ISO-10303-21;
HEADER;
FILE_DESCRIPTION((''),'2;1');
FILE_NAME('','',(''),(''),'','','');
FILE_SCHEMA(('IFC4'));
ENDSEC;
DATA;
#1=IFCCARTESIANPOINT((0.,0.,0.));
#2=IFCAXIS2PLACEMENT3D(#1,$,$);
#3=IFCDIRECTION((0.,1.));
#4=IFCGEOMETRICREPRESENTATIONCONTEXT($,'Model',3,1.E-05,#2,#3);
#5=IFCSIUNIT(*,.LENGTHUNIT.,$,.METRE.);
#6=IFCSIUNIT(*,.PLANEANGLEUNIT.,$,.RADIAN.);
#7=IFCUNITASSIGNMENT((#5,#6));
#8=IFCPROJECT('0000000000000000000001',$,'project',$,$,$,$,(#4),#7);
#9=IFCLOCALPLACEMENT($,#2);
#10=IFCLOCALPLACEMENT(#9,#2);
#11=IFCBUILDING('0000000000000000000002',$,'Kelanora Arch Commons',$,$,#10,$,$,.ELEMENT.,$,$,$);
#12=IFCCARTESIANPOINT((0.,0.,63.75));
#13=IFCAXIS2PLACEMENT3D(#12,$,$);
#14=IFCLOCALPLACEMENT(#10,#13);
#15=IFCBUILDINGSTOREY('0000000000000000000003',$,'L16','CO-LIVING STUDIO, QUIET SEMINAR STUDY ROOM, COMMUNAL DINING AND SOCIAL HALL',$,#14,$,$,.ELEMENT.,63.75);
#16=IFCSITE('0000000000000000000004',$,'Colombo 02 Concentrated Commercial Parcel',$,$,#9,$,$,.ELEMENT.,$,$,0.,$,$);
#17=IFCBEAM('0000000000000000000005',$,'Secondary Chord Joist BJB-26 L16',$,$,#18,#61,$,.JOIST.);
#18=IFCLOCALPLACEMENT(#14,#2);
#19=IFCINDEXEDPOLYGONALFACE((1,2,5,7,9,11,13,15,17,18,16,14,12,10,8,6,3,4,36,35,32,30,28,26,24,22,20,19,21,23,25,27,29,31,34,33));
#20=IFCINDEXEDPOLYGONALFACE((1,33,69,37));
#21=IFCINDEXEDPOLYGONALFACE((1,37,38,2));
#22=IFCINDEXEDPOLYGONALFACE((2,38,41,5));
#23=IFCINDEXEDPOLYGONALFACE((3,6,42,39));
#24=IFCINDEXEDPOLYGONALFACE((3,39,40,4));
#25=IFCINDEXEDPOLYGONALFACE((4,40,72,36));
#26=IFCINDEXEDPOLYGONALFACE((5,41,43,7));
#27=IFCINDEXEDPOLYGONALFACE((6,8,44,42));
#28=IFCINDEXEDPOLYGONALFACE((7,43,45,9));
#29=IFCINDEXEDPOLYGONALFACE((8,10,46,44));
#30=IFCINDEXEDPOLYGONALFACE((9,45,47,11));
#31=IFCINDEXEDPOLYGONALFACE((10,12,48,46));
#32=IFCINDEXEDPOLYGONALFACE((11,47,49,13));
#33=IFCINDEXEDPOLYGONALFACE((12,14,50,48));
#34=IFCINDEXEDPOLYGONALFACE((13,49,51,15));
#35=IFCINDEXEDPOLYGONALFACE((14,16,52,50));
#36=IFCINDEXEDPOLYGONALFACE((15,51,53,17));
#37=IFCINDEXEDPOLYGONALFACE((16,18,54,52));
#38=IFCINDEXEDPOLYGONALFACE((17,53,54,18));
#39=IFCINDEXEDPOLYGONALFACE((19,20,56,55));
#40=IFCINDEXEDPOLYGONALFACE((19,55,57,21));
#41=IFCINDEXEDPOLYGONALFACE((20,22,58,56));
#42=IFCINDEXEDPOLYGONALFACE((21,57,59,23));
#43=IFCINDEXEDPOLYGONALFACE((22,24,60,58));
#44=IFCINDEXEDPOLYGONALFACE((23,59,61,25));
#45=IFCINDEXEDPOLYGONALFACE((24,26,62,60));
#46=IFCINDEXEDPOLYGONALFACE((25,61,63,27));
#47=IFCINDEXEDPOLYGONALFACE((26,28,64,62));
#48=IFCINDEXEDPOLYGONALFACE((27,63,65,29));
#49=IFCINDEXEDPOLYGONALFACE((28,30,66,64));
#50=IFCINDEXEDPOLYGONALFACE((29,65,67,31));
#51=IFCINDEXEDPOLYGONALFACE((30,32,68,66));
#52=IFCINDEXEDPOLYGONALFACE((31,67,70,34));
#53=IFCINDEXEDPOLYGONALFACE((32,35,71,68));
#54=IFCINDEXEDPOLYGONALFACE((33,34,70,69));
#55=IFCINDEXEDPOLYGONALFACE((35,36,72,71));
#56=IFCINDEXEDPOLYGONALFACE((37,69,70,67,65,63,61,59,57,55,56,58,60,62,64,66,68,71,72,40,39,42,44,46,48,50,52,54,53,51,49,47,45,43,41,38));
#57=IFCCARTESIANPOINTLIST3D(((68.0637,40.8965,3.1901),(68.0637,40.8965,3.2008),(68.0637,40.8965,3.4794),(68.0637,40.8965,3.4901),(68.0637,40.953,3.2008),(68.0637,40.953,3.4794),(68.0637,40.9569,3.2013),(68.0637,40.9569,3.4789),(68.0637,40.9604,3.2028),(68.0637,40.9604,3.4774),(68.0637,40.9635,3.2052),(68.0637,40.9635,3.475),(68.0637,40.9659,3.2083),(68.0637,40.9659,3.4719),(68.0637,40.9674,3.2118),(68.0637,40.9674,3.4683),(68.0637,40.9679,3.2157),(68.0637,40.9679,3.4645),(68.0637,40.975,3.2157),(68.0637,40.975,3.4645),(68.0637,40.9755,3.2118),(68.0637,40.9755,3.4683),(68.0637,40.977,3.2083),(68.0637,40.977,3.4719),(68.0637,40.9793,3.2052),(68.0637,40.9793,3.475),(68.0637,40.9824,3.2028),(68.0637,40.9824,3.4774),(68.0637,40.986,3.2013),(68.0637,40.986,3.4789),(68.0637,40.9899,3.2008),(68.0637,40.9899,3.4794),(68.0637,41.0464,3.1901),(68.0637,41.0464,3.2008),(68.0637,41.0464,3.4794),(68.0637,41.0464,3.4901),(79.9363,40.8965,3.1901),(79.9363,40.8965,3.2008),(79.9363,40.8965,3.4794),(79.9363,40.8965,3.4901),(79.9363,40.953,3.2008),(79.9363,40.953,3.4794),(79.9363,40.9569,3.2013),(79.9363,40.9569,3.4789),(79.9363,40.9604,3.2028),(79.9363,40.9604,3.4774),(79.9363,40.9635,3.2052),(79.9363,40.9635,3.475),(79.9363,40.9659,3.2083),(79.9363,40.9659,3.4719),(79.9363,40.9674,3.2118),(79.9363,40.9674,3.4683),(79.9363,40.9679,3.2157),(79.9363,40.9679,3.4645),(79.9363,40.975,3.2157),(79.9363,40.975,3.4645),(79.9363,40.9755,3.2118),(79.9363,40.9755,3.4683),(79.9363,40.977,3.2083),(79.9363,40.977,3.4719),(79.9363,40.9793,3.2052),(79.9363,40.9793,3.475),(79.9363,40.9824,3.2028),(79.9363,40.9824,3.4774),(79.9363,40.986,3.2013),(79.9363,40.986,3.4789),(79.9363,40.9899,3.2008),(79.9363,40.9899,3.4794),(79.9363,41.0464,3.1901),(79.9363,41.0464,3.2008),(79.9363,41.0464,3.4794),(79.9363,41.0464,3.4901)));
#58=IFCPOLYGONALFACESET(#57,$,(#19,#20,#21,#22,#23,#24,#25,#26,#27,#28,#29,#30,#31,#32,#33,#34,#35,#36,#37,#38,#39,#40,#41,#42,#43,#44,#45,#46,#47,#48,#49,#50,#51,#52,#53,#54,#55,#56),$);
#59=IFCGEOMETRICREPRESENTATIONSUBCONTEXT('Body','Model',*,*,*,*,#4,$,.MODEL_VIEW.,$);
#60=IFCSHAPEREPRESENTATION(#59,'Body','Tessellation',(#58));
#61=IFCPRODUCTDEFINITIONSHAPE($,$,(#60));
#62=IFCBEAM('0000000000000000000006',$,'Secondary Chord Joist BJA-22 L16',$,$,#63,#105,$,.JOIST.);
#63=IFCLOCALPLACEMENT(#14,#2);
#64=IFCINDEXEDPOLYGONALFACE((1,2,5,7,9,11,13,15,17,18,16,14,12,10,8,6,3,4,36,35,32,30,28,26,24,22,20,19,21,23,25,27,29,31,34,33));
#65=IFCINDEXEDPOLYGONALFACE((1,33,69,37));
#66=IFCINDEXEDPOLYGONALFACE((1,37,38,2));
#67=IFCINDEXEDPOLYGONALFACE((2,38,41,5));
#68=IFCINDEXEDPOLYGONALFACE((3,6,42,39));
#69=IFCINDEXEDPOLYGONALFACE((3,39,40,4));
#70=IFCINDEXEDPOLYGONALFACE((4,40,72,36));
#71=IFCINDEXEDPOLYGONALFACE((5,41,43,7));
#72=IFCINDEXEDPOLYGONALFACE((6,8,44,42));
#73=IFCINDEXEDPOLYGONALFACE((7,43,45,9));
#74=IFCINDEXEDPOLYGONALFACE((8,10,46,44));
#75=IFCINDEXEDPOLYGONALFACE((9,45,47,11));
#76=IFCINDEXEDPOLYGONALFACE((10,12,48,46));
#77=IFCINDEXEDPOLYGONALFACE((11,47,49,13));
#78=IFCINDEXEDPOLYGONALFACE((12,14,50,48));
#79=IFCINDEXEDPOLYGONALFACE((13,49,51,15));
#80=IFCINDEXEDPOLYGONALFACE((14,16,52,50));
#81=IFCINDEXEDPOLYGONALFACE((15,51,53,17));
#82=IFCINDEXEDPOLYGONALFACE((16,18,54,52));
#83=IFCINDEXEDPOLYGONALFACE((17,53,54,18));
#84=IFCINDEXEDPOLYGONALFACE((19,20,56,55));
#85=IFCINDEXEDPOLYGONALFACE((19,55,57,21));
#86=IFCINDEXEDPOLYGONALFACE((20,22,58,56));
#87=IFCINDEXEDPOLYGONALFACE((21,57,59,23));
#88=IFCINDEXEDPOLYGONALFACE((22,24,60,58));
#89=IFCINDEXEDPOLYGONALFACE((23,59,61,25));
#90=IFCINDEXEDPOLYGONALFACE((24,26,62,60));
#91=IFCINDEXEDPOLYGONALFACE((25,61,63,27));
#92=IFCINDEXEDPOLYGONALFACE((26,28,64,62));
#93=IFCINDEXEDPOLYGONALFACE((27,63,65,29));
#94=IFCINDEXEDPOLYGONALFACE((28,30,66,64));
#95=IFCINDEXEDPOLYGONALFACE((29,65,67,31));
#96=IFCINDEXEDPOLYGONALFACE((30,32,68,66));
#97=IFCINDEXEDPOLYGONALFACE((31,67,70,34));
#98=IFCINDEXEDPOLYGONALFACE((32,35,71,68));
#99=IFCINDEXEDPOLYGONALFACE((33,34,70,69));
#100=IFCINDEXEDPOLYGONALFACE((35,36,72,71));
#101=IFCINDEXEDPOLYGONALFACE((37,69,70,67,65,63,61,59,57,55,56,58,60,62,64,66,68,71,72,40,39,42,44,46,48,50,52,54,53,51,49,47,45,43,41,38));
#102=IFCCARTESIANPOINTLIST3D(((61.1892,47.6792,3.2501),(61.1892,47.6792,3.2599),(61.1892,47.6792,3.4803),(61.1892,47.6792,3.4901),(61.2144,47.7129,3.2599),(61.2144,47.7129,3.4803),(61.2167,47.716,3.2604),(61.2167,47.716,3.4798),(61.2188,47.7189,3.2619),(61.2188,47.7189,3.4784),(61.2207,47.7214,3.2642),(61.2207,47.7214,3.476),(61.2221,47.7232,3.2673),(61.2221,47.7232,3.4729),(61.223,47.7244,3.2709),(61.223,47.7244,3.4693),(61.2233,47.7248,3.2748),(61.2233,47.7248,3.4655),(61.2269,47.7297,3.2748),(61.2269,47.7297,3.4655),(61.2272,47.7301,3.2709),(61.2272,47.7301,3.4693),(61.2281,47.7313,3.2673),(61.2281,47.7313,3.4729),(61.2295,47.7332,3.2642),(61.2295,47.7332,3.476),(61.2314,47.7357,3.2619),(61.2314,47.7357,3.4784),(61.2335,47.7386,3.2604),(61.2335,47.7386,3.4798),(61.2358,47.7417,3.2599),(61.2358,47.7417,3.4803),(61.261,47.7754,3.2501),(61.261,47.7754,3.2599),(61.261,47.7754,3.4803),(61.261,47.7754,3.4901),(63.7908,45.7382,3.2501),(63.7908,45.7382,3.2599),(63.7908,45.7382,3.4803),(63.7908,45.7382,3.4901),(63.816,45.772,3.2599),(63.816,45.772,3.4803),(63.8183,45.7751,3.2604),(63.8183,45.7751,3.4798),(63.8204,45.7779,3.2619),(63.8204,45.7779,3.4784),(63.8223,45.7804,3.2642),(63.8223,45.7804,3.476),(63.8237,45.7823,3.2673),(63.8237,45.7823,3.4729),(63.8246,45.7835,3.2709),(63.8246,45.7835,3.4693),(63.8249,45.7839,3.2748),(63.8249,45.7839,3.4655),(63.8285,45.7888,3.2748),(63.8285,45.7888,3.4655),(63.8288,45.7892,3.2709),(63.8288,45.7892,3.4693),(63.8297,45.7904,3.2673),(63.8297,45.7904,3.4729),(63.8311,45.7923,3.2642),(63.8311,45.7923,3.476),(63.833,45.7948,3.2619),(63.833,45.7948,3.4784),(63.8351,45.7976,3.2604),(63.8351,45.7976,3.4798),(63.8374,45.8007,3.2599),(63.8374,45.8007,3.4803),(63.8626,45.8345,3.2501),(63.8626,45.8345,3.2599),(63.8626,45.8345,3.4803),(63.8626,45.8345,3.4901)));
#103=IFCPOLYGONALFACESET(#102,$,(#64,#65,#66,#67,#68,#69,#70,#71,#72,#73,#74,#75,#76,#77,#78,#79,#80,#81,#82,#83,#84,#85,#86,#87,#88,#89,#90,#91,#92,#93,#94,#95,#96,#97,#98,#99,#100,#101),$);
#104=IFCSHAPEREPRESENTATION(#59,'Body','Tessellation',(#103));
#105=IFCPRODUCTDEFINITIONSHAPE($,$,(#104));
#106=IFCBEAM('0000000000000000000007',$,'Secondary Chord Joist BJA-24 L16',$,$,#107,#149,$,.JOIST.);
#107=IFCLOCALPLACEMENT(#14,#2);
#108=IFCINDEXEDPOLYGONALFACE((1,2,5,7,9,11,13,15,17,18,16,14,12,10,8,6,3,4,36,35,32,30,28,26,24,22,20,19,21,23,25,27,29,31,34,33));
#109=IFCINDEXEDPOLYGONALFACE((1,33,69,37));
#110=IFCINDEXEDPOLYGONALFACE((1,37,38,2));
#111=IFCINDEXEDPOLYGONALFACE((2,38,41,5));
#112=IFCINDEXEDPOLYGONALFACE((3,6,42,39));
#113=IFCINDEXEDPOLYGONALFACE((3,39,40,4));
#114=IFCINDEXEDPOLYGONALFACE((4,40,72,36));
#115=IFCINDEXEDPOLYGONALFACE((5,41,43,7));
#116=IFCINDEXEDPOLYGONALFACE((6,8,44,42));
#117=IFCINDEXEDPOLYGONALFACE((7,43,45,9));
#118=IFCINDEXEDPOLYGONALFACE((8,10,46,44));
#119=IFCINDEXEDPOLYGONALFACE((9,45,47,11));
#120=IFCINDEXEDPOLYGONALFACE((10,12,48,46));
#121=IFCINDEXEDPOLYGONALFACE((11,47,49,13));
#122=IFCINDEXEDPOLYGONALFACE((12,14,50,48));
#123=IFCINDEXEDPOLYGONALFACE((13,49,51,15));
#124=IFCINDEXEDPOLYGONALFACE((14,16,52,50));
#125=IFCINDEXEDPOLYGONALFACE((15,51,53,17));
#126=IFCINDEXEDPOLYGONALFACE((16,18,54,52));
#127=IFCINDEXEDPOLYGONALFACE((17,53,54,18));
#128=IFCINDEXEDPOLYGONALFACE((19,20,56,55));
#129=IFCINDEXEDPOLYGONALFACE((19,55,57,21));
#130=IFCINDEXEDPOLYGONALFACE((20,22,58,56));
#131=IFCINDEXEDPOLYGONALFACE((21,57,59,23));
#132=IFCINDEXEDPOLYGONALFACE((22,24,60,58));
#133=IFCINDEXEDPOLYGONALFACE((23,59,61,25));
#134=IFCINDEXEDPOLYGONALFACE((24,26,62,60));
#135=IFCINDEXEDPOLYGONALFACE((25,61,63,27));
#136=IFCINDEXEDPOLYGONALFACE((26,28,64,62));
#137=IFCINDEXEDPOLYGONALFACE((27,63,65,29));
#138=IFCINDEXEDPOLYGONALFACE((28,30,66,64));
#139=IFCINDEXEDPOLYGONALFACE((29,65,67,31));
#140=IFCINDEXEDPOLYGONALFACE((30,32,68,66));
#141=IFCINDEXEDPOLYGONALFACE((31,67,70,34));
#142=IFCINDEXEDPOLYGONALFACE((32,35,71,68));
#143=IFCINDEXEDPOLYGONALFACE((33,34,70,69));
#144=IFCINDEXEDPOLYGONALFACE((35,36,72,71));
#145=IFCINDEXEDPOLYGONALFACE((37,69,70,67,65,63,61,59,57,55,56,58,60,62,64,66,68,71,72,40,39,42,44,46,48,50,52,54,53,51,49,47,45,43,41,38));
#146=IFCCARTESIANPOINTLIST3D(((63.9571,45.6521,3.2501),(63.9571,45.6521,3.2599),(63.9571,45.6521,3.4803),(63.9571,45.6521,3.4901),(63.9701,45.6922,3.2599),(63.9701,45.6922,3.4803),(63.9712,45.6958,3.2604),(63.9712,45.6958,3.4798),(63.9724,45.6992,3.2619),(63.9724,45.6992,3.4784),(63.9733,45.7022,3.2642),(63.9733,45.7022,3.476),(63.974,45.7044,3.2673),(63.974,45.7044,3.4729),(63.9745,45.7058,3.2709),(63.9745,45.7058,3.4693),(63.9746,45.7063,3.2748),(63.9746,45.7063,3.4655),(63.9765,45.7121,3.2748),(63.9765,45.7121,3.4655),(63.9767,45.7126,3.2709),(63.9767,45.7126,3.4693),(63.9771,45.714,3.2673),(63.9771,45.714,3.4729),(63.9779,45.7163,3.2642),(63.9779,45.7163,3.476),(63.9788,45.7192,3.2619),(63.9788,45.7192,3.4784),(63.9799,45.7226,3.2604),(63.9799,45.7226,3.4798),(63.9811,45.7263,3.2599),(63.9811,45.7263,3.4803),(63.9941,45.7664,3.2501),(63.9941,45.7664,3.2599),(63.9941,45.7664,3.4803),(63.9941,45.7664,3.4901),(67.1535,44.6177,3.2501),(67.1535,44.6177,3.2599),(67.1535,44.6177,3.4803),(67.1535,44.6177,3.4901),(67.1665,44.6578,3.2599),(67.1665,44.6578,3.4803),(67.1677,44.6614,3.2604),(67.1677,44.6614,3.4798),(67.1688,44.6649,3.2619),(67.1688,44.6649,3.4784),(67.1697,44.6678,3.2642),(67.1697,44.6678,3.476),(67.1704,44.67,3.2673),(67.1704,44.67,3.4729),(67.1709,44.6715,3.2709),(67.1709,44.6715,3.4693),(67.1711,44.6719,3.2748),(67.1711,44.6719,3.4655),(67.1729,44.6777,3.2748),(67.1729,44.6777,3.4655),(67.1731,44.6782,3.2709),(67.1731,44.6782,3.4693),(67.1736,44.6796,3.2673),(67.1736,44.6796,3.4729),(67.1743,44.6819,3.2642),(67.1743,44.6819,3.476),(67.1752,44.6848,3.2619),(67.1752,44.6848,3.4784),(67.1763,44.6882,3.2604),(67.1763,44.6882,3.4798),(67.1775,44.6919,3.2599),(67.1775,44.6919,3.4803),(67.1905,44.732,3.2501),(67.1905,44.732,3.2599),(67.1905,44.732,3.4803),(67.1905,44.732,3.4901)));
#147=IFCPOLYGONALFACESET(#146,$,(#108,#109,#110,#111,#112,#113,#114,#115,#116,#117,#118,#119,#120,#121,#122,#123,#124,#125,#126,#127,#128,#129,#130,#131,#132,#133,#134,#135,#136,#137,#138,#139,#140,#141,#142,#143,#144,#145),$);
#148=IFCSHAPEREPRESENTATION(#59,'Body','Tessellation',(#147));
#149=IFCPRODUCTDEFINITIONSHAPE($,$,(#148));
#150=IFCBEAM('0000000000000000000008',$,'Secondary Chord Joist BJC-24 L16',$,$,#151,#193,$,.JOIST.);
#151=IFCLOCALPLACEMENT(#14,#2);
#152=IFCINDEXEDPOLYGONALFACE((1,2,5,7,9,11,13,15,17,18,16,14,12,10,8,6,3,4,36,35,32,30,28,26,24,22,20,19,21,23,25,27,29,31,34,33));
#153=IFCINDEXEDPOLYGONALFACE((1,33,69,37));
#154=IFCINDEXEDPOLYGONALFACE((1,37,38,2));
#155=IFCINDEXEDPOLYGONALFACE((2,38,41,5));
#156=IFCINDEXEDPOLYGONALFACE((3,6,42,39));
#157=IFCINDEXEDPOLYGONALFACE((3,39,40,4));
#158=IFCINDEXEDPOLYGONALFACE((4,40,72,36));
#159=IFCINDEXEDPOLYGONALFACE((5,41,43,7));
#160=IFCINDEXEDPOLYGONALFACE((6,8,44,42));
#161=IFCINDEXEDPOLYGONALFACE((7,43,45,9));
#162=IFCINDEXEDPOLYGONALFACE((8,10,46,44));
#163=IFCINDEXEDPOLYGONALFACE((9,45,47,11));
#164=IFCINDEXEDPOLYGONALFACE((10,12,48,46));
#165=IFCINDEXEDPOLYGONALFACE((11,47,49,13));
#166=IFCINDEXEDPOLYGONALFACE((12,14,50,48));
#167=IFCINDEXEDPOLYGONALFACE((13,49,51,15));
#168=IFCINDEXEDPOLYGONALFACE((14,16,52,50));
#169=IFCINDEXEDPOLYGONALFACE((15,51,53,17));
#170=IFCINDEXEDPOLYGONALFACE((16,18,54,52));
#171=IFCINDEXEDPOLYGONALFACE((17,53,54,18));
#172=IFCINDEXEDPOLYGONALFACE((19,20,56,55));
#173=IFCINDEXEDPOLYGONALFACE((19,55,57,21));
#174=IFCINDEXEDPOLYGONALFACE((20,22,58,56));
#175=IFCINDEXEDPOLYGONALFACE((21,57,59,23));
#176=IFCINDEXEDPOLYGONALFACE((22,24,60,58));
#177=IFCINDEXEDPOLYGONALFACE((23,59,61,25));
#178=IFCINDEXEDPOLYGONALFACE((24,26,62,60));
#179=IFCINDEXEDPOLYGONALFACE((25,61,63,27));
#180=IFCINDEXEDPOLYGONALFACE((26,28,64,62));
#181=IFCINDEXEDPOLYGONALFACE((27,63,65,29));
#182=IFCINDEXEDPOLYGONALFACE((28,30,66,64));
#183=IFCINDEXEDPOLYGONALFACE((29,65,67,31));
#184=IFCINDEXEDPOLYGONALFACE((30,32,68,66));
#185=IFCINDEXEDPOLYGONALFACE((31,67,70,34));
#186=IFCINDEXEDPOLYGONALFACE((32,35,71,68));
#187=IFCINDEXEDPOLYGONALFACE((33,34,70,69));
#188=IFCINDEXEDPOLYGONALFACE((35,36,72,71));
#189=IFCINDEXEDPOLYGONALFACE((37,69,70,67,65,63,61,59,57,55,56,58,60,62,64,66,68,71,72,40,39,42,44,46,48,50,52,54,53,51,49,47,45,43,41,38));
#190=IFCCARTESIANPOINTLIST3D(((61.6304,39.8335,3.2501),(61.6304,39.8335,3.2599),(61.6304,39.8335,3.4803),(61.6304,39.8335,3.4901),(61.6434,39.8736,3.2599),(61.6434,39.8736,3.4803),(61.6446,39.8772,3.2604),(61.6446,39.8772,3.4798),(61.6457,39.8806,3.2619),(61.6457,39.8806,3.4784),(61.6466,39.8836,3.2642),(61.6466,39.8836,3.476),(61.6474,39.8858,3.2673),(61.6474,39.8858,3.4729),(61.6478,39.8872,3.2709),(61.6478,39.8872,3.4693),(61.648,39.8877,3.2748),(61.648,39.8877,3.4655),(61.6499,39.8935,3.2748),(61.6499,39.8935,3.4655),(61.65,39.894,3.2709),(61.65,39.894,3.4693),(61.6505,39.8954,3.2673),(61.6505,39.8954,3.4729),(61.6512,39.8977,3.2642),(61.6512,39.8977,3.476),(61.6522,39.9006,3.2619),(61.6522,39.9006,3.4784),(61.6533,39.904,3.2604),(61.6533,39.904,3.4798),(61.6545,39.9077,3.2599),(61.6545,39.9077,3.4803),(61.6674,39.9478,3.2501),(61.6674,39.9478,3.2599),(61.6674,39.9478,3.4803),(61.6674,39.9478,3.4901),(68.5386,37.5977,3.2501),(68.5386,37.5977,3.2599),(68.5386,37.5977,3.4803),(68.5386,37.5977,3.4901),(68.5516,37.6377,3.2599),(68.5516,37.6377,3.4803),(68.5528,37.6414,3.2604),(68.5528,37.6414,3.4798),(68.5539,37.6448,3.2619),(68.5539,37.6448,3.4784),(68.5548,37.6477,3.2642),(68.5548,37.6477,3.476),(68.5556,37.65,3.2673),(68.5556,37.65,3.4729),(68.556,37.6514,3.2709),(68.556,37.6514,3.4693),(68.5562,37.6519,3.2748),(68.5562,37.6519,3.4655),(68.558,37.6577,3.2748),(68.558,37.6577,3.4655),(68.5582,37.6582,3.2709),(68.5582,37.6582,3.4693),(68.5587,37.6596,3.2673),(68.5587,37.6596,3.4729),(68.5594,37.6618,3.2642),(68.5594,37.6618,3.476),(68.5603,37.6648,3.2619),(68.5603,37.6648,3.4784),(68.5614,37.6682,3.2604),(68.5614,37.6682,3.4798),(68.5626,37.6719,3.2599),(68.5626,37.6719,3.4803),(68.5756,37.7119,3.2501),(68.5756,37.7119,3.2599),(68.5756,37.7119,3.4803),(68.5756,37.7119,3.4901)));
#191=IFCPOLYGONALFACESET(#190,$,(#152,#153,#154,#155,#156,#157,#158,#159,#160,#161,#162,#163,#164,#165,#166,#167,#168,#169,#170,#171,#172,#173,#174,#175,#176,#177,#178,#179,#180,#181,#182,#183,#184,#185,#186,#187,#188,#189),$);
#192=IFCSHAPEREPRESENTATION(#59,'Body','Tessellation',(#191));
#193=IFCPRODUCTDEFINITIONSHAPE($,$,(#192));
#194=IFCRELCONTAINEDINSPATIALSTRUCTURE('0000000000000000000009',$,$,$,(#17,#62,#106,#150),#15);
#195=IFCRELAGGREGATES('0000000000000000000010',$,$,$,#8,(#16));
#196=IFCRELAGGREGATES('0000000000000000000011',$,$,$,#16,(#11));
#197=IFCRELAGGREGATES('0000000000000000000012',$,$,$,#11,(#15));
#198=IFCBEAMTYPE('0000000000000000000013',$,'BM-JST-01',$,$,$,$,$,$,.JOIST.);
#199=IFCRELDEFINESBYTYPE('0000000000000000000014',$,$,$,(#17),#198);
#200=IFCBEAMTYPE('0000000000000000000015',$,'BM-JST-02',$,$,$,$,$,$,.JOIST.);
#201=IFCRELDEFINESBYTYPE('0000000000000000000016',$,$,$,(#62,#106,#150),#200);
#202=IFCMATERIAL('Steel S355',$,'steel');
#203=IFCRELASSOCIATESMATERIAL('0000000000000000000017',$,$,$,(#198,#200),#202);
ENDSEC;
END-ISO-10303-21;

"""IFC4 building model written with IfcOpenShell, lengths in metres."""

from ifc_helpers import new_model, si_unit, direction, frame, origin, origin_2d, place, context, subcontext, project, spatial, i_section, extrude, material, material_profile, profile_set, type_object, element, save


model = new_model("IFC4")

# Units and contexts
model_context = context("Model", 3, precision=1e-05, world=origin(), true_north=direction((0.0, 1.0)))
body_context = subcontext(model_context, "Body", "Model", "MODEL_VIEW")
ifc_project = project(units=[si_unit("LENGTHUNIT", "METRE"), si_unit("PLANEANGLEUNIT", "RADIAN")], contexts=[model_context])

# Site, building, storey
site_placement = place(None, origin())
site = spatial("IfcSite", under=ifc_project, at=site_placement, Name="Colombo 02 Concentrated Commercial Parcel", CompositionType="ELEMENT", RefElevation=0.0)
building_placement = place(site_placement, origin())
building = spatial("IfcBuilding", under=site, at=building_placement, Name="Kelanora Arch Commons", CompositionType="ELEMENT")
storey_placement = place(building_placement, frame((0.0, 0.0, 63.75)))
storey = spatial("IfcBuildingStorey", under=building, at=storey_placement, Name="L16", Description="CO-LIVING STUDIO, QUIET SEMINAR STUDY ROOM, COMMUNAL DINING AND SOCIAL HALL", CompositionType="ELEMENT", Elevation=63.75)

# Beams
ifc_material_1 = material(Name="Steel S355", Category="steel")
ifc_material_profile_1 = material_profile(ifc_material_1, i_section(OverallWidth=0.1499, OverallDepth=0.3, WebThickness=0.0071, FlangeThickness=0.0107, FilletRadius=0.0149, at=origin_2d()), Name="IPE300")
ifc_profile_set_1 = profile_set([ifc_material_profile_1], Name="Steel S355")
beam_type_1 = type_object("IfcBeamType", Name="BM-JST-01", PredefinedType="JOIST", material=ifc_profile_set_1)
beam_1_placement = place(storey_placement, frame((68.0637, 40.9714, 3.3401), z_axis=(1.0, 0.0, 0.0), x_axis=(0.0, 1.0, 0.0)))
element("IfcBeam", 1, at=beam_1_placement, inside=storey, type_object=beam_type_1, Name="Secondary Chord Joist BJB-26 L16", PredefinedType="JOIST", context=body_context, shape_type="SweptSolid", body=[
    extrude(i_section(OverallWidth=0.1499, OverallDepth=0.3, WebThickness=0.0071, FlangeThickness=0.0107, FilletRadius=0.0149, at=origin_2d()), origin(), (0.0, 0.0, 1.0), 11.8726),
])
ifc_material_profile_2 = material_profile(ifc_material_1, i_section(OverallWidth=0.1201, OverallDepth=0.24, WebThickness=0.0061, FlangeThickness=0.0098, FilletRadius=0.0149, at=origin_2d()), Name="IPE240")
ifc_profile_set_2 = profile_set([ifc_material_profile_2], Name="Steel S355")
beam_type_2 = type_object("IfcBeamType", Name="BM-JST-02", PredefinedType="JOIST", material=ifc_profile_set_2)
beam_2_placement = place(storey_placement, frame((61.2251, 47.7273, 3.3701), z_axis=(0.801514, -0.597976, 0.0), x_axis=(0.597976, 0.801514, 0.0)))
element("IfcBeam", 2, at=beam_2_placement, inside=storey, type_object=beam_type_2, Name="Secondary Chord Joist BJA-22 L16", PredefinedType="JOIST", context=body_context, shape_type="SweptSolid", body=[
    extrude(i_section(OverallWidth=0.1201, OverallDepth=0.24, WebThickness=0.0061, FlangeThickness=0.0098, FilletRadius=0.0149, at=origin_2d()), origin(), (0.0, 0.0, 1.0), 3.2458),
])
beam_3_placement = place(storey_placement, frame((63.9756, 45.7092, 3.3701), z_axis=(0.951423, -0.307888, 0.0), x_axis=(0.307888, 0.951423, 0.0)))
element("IfcBeam", 3, at=beam_3_placement, inside=storey, type_object=beam_type_2, Name="Secondary Chord Joist BJA-24 L16", PredefinedType="JOIST", context=body_context, shape_type="SweptSolid", body=[
    extrude(i_section(OverallWidth=0.1201, OverallDepth=0.24, WebThickness=0.0061, FlangeThickness=0.0098, FilletRadius=0.0149, at=origin_2d()), origin(), (0.0, 0.0, 1.0), 3.3596),
])
beam_4_placement = place(storey_placement, frame((61.6489, 39.8906, 3.3701), z_axis=(0.951411, -0.307924, 0.0), x_axis=(0.307924, 0.951411, 0.0)))
element("IfcBeam", 4, at=beam_4_placement, inside=storey, type_object=beam_type_2, Name="Secondary Chord Joist BJC-24 L16", PredefinedType="JOIST", context=body_context, shape_type="SweptSolid", body=[
    extrude(i_section(OverallWidth=0.1201, OverallDepth=0.24, WebThickness=0.0061, FlangeThickness=0.0098, FilletRadius=0.0149, at=origin_2d()), origin(), (0.0, 0.0, 1.0), 7.261),
])

save(model, "model.ifc")
